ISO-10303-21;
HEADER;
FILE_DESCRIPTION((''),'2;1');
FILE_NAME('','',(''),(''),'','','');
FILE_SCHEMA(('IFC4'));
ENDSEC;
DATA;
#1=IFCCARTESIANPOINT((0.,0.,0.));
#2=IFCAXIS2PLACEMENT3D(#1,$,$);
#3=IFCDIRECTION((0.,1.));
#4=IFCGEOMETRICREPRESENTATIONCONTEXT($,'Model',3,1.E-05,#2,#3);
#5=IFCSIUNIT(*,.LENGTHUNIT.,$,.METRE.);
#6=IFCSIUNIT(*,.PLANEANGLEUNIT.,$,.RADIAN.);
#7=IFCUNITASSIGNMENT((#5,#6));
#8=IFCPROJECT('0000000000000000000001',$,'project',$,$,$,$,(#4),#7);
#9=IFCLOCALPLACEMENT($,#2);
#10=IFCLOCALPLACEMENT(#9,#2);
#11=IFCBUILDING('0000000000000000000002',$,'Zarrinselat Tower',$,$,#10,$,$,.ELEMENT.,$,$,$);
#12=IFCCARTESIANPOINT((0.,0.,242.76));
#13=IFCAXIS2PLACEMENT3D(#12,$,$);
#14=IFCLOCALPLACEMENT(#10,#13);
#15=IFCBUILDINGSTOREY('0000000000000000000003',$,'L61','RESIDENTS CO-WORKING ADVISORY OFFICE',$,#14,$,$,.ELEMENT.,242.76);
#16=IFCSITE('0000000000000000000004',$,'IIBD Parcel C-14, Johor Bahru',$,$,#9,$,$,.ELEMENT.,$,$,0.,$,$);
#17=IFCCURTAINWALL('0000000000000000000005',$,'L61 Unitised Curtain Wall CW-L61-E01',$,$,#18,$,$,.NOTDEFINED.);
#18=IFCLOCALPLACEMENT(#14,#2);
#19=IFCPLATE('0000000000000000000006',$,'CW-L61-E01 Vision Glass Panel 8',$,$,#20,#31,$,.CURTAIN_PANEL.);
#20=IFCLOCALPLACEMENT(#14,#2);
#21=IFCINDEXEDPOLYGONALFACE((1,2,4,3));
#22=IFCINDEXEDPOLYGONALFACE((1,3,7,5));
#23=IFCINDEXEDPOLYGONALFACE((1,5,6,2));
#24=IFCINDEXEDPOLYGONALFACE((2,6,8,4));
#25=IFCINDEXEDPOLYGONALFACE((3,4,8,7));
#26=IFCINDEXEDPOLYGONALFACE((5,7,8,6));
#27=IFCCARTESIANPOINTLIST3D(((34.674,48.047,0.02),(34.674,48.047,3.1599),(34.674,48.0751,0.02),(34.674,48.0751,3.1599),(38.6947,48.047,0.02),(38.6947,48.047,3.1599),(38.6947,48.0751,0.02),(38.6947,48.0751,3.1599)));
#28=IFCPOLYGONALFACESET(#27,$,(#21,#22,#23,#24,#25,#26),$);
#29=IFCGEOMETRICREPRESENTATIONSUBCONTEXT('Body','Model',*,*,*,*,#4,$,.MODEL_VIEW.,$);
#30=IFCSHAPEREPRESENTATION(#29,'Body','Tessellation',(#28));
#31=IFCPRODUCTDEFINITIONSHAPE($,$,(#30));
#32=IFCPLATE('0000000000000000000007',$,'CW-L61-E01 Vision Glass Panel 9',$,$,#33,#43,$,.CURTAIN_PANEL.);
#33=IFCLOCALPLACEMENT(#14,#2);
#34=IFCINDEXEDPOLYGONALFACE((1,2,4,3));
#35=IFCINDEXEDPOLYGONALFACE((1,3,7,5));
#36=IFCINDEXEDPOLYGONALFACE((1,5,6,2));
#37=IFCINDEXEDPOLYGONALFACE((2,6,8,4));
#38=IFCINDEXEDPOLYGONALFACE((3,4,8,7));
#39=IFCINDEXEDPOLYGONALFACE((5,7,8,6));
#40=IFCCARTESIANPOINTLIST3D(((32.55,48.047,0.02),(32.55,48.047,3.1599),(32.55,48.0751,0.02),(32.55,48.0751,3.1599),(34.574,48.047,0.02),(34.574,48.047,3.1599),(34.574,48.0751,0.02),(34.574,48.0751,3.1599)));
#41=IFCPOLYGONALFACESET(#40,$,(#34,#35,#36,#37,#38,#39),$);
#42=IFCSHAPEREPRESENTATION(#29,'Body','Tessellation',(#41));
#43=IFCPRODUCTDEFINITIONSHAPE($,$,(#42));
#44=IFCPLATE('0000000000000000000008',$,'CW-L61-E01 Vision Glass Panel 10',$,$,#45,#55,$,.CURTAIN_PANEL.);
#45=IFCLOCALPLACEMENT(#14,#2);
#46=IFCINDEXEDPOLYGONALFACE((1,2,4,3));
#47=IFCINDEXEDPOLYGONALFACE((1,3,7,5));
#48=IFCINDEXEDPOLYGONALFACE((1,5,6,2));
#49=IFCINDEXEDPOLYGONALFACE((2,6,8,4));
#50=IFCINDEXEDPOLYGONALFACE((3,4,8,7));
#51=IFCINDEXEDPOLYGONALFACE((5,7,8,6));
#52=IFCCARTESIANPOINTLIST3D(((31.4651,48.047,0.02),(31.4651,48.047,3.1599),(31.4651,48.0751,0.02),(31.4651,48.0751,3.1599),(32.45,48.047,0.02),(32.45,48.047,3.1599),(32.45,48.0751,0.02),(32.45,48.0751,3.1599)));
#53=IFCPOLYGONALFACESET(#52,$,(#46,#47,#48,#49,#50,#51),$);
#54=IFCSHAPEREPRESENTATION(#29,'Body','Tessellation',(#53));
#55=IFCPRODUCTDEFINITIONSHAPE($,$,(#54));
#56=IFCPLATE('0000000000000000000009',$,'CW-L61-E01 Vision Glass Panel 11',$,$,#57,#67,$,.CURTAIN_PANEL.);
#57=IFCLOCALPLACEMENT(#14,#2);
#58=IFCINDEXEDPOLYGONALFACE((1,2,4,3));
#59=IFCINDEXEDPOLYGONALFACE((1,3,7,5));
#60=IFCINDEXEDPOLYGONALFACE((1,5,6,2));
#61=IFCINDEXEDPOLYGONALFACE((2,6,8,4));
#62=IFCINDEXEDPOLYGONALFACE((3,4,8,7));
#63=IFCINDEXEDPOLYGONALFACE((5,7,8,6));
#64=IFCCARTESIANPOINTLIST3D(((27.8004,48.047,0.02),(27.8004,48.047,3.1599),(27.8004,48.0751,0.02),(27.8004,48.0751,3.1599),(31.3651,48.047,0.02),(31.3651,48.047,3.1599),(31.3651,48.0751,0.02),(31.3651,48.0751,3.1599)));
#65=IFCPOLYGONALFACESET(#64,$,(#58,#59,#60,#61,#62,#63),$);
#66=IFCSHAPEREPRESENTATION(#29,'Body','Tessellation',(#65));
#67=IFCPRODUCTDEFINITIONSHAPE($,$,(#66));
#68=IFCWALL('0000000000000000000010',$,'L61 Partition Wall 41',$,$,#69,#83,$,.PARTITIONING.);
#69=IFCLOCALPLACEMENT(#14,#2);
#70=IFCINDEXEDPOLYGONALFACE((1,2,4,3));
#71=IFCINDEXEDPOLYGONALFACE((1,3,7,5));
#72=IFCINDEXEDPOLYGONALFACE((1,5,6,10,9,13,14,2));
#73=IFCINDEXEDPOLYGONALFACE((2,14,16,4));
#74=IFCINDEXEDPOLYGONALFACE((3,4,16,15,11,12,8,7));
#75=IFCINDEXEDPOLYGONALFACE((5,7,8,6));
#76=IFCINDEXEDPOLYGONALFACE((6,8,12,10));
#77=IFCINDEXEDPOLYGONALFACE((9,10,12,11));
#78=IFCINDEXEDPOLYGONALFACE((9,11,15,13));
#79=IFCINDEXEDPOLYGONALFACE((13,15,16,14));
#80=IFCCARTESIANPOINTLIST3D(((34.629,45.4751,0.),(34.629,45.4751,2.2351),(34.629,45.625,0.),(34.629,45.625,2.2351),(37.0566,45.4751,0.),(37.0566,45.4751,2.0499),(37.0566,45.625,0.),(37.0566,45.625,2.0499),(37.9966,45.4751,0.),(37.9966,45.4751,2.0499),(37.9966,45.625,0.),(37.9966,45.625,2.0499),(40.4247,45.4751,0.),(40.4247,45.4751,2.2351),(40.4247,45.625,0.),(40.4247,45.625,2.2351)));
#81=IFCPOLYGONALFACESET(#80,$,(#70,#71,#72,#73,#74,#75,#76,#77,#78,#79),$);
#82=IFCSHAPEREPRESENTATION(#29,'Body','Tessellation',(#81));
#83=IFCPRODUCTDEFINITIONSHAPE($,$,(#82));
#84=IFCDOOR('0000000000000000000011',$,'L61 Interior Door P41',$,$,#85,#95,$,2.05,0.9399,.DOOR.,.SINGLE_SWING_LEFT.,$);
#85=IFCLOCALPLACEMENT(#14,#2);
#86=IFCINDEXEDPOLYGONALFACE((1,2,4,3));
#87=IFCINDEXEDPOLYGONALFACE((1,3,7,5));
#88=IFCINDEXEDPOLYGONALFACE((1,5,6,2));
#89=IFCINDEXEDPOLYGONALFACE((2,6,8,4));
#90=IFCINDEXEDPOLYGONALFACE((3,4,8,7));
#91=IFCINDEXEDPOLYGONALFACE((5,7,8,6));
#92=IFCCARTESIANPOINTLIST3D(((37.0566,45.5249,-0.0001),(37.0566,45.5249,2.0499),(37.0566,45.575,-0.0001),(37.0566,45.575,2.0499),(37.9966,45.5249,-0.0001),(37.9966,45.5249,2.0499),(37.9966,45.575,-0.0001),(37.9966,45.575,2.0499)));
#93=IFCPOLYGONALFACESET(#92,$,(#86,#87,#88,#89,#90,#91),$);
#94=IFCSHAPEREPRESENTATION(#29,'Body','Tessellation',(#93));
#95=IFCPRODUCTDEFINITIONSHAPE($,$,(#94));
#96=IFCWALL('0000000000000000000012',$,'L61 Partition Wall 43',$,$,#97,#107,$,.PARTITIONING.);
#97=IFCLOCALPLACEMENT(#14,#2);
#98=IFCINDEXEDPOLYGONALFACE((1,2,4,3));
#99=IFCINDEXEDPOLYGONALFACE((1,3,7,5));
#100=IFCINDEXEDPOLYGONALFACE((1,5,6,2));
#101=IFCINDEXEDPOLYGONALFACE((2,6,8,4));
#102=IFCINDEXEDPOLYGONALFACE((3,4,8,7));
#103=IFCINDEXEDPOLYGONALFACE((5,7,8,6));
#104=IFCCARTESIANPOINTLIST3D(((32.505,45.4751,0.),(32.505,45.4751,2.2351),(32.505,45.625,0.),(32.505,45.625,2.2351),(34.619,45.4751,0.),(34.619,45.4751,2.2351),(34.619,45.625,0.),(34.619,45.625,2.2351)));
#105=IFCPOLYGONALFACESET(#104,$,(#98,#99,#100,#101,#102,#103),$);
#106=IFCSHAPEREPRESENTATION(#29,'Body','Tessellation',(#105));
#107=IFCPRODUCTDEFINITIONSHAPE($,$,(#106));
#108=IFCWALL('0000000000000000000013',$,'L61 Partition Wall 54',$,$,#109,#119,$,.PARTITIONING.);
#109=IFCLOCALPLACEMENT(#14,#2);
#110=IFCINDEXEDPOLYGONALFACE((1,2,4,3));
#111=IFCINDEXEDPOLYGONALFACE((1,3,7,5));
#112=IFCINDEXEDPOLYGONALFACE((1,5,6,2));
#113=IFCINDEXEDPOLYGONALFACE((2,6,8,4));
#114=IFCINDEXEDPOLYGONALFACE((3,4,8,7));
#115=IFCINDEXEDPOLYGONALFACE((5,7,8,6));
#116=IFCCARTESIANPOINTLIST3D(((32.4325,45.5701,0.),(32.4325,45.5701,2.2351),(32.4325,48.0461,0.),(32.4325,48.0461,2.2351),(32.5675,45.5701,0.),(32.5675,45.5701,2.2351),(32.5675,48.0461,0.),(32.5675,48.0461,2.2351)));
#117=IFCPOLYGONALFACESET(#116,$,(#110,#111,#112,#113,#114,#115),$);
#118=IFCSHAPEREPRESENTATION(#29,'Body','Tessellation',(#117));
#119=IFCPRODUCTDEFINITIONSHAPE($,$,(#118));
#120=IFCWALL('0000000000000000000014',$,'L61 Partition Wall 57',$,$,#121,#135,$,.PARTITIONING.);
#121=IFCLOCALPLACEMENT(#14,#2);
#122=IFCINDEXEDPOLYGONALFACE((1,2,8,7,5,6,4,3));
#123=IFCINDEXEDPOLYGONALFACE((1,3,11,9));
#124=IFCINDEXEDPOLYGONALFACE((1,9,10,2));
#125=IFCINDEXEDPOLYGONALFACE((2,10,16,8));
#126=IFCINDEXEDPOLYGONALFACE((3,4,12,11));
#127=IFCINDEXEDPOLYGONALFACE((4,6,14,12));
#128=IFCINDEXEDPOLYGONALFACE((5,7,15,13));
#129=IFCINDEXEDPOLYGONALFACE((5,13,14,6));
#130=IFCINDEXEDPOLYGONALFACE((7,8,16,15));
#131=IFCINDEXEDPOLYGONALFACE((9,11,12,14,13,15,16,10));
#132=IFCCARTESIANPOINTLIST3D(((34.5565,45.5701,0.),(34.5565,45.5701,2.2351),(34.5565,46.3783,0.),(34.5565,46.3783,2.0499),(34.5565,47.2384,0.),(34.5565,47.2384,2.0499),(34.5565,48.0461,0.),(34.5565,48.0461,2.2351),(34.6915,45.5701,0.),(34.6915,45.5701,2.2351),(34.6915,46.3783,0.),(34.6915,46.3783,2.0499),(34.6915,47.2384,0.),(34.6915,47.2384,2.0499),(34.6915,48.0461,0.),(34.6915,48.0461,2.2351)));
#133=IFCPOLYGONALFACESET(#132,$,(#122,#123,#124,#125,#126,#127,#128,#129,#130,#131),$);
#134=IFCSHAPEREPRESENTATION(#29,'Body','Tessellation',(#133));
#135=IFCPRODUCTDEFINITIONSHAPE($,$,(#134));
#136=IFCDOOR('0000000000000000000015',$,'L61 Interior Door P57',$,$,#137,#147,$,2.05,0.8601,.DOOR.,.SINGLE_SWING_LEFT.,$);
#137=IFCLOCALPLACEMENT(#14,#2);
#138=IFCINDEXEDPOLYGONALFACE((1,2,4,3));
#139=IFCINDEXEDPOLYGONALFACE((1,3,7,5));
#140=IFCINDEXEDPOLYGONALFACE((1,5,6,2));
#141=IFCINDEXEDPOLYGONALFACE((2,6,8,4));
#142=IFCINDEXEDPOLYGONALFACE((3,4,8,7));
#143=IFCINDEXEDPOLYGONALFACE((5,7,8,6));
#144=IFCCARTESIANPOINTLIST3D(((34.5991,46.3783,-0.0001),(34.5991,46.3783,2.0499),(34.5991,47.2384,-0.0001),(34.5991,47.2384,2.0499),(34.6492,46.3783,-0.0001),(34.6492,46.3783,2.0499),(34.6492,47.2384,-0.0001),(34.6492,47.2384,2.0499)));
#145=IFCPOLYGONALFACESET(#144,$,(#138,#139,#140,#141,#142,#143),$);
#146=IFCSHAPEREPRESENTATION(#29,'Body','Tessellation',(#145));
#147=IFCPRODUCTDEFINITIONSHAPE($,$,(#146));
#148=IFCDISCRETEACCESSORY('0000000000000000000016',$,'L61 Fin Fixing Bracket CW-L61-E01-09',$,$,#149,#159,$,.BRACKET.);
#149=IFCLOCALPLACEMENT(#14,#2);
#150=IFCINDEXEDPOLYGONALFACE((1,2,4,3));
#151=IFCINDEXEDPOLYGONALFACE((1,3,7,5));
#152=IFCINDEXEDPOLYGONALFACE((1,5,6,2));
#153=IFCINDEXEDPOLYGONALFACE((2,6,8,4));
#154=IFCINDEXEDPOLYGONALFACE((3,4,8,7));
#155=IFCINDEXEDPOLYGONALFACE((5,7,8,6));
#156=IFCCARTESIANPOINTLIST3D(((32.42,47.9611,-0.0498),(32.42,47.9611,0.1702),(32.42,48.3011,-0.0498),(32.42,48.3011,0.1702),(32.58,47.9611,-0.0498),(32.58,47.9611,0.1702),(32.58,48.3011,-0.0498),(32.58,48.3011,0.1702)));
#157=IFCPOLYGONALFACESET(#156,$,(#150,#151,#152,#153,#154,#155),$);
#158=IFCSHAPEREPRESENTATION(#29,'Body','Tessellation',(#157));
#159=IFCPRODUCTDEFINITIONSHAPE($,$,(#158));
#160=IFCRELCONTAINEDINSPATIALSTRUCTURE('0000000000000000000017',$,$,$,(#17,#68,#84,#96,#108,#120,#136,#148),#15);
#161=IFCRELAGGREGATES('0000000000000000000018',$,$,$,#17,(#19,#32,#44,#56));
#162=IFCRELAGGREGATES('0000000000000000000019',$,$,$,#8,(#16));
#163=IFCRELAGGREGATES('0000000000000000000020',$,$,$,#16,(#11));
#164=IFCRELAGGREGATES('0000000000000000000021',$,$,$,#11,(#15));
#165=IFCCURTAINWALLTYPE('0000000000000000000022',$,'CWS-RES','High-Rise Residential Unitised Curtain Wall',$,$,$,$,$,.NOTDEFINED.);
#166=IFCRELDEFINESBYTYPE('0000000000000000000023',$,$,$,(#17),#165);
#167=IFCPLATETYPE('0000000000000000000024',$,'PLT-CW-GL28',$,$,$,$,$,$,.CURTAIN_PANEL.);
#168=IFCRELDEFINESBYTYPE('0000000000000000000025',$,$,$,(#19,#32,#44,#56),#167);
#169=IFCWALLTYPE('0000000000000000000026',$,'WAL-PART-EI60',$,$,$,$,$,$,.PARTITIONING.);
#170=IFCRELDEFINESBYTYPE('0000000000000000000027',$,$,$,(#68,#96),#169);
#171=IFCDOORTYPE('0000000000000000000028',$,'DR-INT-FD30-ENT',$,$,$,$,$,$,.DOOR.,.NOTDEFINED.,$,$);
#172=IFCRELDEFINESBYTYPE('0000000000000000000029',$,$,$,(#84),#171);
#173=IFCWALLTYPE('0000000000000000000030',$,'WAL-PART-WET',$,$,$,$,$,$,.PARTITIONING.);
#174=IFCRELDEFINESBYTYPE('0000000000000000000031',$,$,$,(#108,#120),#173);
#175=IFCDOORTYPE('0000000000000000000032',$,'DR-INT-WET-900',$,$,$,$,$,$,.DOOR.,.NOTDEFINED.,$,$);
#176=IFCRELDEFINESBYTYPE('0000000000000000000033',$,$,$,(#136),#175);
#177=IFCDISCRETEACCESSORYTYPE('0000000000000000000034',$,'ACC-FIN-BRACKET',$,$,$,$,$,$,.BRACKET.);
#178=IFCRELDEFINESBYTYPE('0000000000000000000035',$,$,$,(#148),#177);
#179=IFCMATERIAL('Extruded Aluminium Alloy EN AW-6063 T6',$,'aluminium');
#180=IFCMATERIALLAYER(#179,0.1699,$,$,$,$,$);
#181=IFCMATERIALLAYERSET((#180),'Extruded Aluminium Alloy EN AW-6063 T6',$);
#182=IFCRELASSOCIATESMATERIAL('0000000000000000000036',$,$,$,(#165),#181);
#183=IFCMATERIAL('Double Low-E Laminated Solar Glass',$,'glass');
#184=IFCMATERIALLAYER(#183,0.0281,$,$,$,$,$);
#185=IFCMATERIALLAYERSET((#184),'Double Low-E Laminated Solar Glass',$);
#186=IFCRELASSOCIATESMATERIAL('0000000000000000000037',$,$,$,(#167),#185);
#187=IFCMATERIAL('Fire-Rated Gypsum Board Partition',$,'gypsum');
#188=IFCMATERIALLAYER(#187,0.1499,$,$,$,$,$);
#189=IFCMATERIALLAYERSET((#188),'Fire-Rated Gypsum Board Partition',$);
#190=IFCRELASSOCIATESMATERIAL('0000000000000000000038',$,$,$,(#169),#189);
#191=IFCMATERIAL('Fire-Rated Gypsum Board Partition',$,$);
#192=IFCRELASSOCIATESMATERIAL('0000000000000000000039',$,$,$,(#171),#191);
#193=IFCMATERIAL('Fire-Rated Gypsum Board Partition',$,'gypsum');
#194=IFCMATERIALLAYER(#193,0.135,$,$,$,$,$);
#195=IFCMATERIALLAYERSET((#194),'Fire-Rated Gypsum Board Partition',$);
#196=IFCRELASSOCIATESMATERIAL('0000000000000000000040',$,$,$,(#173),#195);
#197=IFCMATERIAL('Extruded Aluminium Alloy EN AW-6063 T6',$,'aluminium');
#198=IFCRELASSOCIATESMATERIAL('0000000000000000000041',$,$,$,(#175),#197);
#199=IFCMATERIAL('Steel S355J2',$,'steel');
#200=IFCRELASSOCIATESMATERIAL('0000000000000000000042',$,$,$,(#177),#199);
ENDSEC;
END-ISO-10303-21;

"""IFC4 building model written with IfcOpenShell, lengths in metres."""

from ifc_helpers import new_model, si_unit, direction, frame, frame_2d, origin, origin_2d, place, context, subcontext, project, spatial, rectangle, extrude, material, layer, layer_set, type_object, element, fill, aggregate, save


model = new_model("IFC4")

# Units and contexts
model_context = context("Model", 3, precision=1e-05, world=origin(), true_north=direction((0.0, 1.0)))
body_context = subcontext(model_context, "Body", "Model", "MODEL_VIEW")
ifc_project = project(units=[si_unit("LENGTHUNIT", "METRE"), si_unit("PLANEANGLEUNIT", "RADIAN")], contexts=[model_context])

# Site, building, storey
site_placement = place(None, origin())
site = spatial("IfcSite", under=ifc_project, at=site_placement, Name="IIBD Parcel C-14, Johor Bahru", CompositionType="ELEMENT", RefElevation=0.0)
building_placement = place(site_placement, origin())
building = spatial("IfcBuilding", under=site, at=building_placement, Name="Zarrinselat Tower", CompositionType="ELEMENT")
storey_placement = place(building_placement, frame((0.0, 0.0, 242.76)))
storey = spatial("IfcBuildingStorey", under=building, at=storey_placement, Name="L61", Description="RESIDENTS CO-WORKING ADVISORY OFFICE", CompositionType="ELEMENT", Elevation=242.76)

# Curtain wall, plates
ifc_material_1 = material(Name="Extruded Aluminium Alloy EN AW-6063 T6", Category="aluminium")
ifc_layer_1 = layer(ifc_material_1, 0.1699)
ifc_layer_set_1 = layer_set([ifc_layer_1], Name="Extruded Aluminium Alloy EN AW-6063 T6")
curtain_wall_type = type_object("IfcCurtainWallType", Name="CWS-RES", Description="High-Rise Residential Unitised Curtain Wall", PredefinedType="NOTDEFINED", material=ifc_layer_set_1)
curtain_wall_placement = place(storey_placement, origin())
curtain_wall = element("IfcCurtainWall", 1, at=curtain_wall_placement, inside=storey, type_object=curtain_wall_type, Name="L61 Unitised Curtain Wall CW-L61-E01", PredefinedType="NOTDEFINED")
ifc_material_2 = material(Name="Double Low-E Laminated Solar Glass", Category="glass")
ifc_layer_2 = layer(ifc_material_2, 0.0281)
ifc_layer_set_2 = layer_set([ifc_layer_2], Name="Double Low-E Laminated Solar Glass")
plate_type = type_object("IfcPlateType", Name="PLT-CW-GL28", PredefinedType="CURTAIN_PANEL", material=ifc_layer_set_2)
plate_1_placement = place(storey_placement, frame((36.6843, 48.061, 0.02), z_axis=(0.0, 0.0, 1.0), x_axis=(-1.0, 0.0, 0.0)))
plate_1 = element("IfcPlate", 2, at=plate_1_placement, type_object=plate_type, Name="CW-L61-E01 Vision Glass Panel 8", PredefinedType="CURTAIN_PANEL", context=body_context, shape_type="SweptSolid", body=[
    extrude(rectangle(XDim=4.0208, YDim=0.0281, at=origin_2d()), origin(), (0.0, 0.0, 1.0), 3.1399),
])
plate_2_placement = place(storey_placement, frame((33.562, 48.061, 0.02), z_axis=(0.0, 0.0, 1.0), x_axis=(-1.0, 0.0, 0.0)))
plate_2 = element("IfcPlate", 3, at=plate_2_placement, type_object=plate_type, Name="CW-L61-E01 Vision Glass Panel 9", PredefinedType="CURTAIN_PANEL", context=body_context, shape_type="SweptSolid", body=[
    extrude(rectangle(XDim=2.0239, YDim=0.0281, at=origin_2d()), origin(), (0.0, 0.0, 1.0), 3.1399),
])
plate_3_placement = place(storey_placement, frame((31.9575, 48.061, 0.02), z_axis=(0.0, 0.0, 1.0), x_axis=(-1.0, 0.0, 0.0)))
plate_3 = element("IfcPlate", 4, at=plate_3_placement, type_object=plate_type, Name="CW-L61-E01 Vision Glass Panel 10", PredefinedType="CURTAIN_PANEL", context=body_context, shape_type="SweptSolid", body=[
    extrude(rectangle(XDim=0.9849, YDim=0.0281, at=origin_2d()), origin(), (0.0, 0.0, 1.0), 3.1399),
])
plate_4_placement = place(storey_placement, frame((29.5828, 48.061, 0.02), z_axis=(0.0, 0.0, 1.0), x_axis=(-1.0, 0.0, 0.0)))
plate_4 = element("IfcPlate", 5, at=plate_4_placement, type_object=plate_type, Name="CW-L61-E01 Vision Glass Panel 11", PredefinedType="CURTAIN_PANEL", context=body_context, shape_type="SweptSolid", body=[
    extrude(rectangle(XDim=3.5647, YDim=0.0281, at=origin_2d()), origin(), (0.0, 0.0, 1.0), 3.1399),
])
aggregate(curtain_wall, [plate_1, plate_2, plate_3, plate_4])

# Wall, opening, door
ifc_material_3 = material(Name="Fire-Rated Gypsum Board Partition", Category="gypsum")
ifc_layer_3 = layer(ifc_material_3, 0.1499)
ifc_layer_set_3 = layer_set([ifc_layer_3], Name="Fire-Rated Gypsum Board Partition")
wall_type_1 = type_object("IfcWallType", Name="WAL-PART-EI60", PredefinedType="PARTITIONING", material=ifc_layer_set_3)
wall_1_placement = place(storey_placement, frame((34.6289, 45.55, 0.0), z_axis=(0.0, 0.0, 1.0), x_axis=(1.0, 0.0, 0.0)))
wall_1 = element("IfcWall", 6, at=wall_1_placement, inside=storey, type_object=wall_type_1, Name="L61 Partition Wall 41", PredefinedType="PARTITIONING", context=body_context, shape_type="SweptSolid", body=[
    extrude(rectangle(XDim=5.7957, YDim=0.1499, at=frame_2d((2.8979, 0.0))), origin(), (0.0, 0.0, 1.0), 2.2351),
])
opening_1_placement = place(wall_1_placement, frame((2.4277, 0.0, 0.0)))
opening_1 = element("IfcOpeningElement", 7, at=opening_1_placement, cuts=wall_1, PredefinedType="OPENING", context=body_context, shape_type="SweptSolid", body=[
    extrude(rectangle(XDim=0.9399, YDim=2.05, at=frame_2d((0.47, 1.0249))), frame((0.0, 0.085, 0.0), z_axis=(0.0, -1.0, 0.0), x_axis=(1.0, 0.0, 0.0)), (0.0, 0.0, 1.0), 0.1699),
])
ifc_material_4 = material(Name="Fire-Rated Gypsum Board Partition")
door_type_1 = type_object("IfcDoorType", Name="DR-INT-FD30-ENT", OperationType="NOTDEFINED", PredefinedType="DOOR", material=ifc_material_4)
door_1_placement = place(opening_1_placement, origin())
door_1 = element("IfcDoor", 8, at=door_1_placement, inside=storey, type_object=door_type_1, Name="L61 Interior Door P41", OperationType="SINGLE_SWING_LEFT", OverallHeight=2.05, OverallWidth=0.9399, PredefinedType="DOOR", context=body_context, shape_type="SweptSolid", body=[
    extrude(rectangle(XDim=0.9399, YDim=2.05, at=frame_2d((0.47, 1.0249))), frame((0.0, 0.0249, 0.0), z_axis=(0.0, -1.0, 0.0), x_axis=(1.0, 0.0, 0.0)), (0.0, 0.0, 1.0), 0.05),
])
fill(opening_1, door_1)

# Walls
wall_2_placement = place(storey_placement, frame((32.5049, 45.55, 0.0), z_axis=(0.0, 0.0, 1.0), x_axis=(1.0, 0.0, 0.0)))
element("IfcWall", 9, at=wall_2_placement, inside=storey, type_object=wall_type_1, Name="L61 Partition Wall 43", PredefinedType="PARTITIONING", context=body_context, shape_type="SweptSolid", body=[
    extrude(rectangle(XDim=2.114, YDim=0.1499, at=frame_2d((1.0571, 0.0))), origin(), (0.0, 0.0, 1.0), 2.2351),
])
ifc_material_5 = material(Name="Fire-Rated Gypsum Board Partition", Category="gypsum")
ifc_layer_4 = layer(ifc_material_5, 0.135)
ifc_layer_set_4 = layer_set([ifc_layer_4], Name="Fire-Rated Gypsum Board Partition")
wall_type_2 = type_object("IfcWallType", Name="WAL-PART-WET", PredefinedType="PARTITIONING", material=ifc_layer_set_4)
wall_3_placement = place(storey_placement, frame((32.5, 45.5701, 0.0), z_axis=(0.0, 0.0, 1.0), x_axis=(0.0, 1.0, 0.0)))
element("IfcWall", 10, at=wall_3_placement, inside=storey, type_object=wall_type_2, Name="L61 Partition Wall 54", PredefinedType="PARTITIONING", context=body_context, shape_type="SweptSolid", body=[
    extrude(rectangle(XDim=2.4761, YDim=0.135, at=frame_2d((1.238, 0.0))), origin(), (0.0, 0.0, 1.0), 2.2351),
])

# Wall, opening, door
wall_4_placement = place(storey_placement, frame((34.624, 45.5701, 0.0), z_axis=(0.0, 0.0, 1.0), x_axis=(0.0, 1.0, 0.0)))
wall_4 = element("IfcWall", 11, at=wall_4_placement, inside=storey, type_object=wall_type_2, Name="L61 Partition Wall 57", PredefinedType="PARTITIONING", context=body_context, shape_type="SweptSolid", body=[
    extrude(rectangle(XDim=2.4761, YDim=0.135, at=frame_2d((1.238, 0.0))), origin(), (0.0, 0.0, 1.0), 2.2351),
])
opening_2_placement = place(wall_4_placement, frame((0.8081, 0.0, 0.0)))
opening_2 = element("IfcOpeningElement", 12, at=opening_2_placement, cuts=wall_4, PredefinedType="OPENING", context=body_context, shape_type="SweptSolid", body=[
    extrude(rectangle(XDim=0.8601, YDim=2.05, at=frame_2d((0.4302, 1.0249))), frame((0.0, 0.0774, 0.0), z_axis=(0.0, -1.0, 0.0), x_axis=(1.0, 0.0, 0.0)), (0.0, 0.0, 1.0), 0.155),
])
ifc_material_6 = material(Name="Extruded Aluminium Alloy EN AW-6063 T6", Category="aluminium")
door_type_2 = type_object("IfcDoorType", Name="DR-INT-WET-900", OperationType="NOTDEFINED", PredefinedType="DOOR", material=ifc_material_6)
door_2_placement = place(opening_2_placement, origin())
door_2 = element("IfcDoor", 13, at=door_2_placement, inside=storey, type_object=door_type_2, Name="L61 Interior Door P57", OperationType="SINGLE_SWING_LEFT", OverallHeight=2.05, OverallWidth=0.8601, PredefinedType="DOOR", context=body_context, shape_type="SweptSolid", body=[
    extrude(rectangle(XDim=0.8601, YDim=2.05, at=frame_2d((0.4302, 1.0249))), frame((0.0, 0.0249, 0.0), z_axis=(0.0, -1.0, 0.0), x_axis=(1.0, 0.0, 0.0)), (0.0, 0.0, 1.0), 0.05),
])
fill(opening_2, door_2)

# Discrete accessory
ifc_material_7 = material(Name="Steel S355J2", Category="steel")
discrete_accessory_type = type_object("IfcDiscreteAccessoryType", Name="ACC-FIN-BRACKET", PredefinedType="BRACKET", material=ifc_material_7)
discrete_accessory_placement = place(storey_placement, frame((32.5, 48.1311, -0.0498), z_axis=(0.0, 0.0, 1.0), x_axis=(0.0, 1.0, 0.0)))
element("IfcDiscreteAccessory", 14, at=discrete_accessory_placement, inside=storey, type_object=discrete_accessory_type, Name="L61 Fin Fixing Bracket CW-L61-E01-09", PredefinedType="BRACKET", context=body_context, shape_type="SweptSolid", body=[
    extrude(rectangle(XDim=0.3401, YDim=0.1599, at=origin_2d()), origin(), (0.0, 0.0, 1.0), 0.22),
])

save(model, "model.ifc")
